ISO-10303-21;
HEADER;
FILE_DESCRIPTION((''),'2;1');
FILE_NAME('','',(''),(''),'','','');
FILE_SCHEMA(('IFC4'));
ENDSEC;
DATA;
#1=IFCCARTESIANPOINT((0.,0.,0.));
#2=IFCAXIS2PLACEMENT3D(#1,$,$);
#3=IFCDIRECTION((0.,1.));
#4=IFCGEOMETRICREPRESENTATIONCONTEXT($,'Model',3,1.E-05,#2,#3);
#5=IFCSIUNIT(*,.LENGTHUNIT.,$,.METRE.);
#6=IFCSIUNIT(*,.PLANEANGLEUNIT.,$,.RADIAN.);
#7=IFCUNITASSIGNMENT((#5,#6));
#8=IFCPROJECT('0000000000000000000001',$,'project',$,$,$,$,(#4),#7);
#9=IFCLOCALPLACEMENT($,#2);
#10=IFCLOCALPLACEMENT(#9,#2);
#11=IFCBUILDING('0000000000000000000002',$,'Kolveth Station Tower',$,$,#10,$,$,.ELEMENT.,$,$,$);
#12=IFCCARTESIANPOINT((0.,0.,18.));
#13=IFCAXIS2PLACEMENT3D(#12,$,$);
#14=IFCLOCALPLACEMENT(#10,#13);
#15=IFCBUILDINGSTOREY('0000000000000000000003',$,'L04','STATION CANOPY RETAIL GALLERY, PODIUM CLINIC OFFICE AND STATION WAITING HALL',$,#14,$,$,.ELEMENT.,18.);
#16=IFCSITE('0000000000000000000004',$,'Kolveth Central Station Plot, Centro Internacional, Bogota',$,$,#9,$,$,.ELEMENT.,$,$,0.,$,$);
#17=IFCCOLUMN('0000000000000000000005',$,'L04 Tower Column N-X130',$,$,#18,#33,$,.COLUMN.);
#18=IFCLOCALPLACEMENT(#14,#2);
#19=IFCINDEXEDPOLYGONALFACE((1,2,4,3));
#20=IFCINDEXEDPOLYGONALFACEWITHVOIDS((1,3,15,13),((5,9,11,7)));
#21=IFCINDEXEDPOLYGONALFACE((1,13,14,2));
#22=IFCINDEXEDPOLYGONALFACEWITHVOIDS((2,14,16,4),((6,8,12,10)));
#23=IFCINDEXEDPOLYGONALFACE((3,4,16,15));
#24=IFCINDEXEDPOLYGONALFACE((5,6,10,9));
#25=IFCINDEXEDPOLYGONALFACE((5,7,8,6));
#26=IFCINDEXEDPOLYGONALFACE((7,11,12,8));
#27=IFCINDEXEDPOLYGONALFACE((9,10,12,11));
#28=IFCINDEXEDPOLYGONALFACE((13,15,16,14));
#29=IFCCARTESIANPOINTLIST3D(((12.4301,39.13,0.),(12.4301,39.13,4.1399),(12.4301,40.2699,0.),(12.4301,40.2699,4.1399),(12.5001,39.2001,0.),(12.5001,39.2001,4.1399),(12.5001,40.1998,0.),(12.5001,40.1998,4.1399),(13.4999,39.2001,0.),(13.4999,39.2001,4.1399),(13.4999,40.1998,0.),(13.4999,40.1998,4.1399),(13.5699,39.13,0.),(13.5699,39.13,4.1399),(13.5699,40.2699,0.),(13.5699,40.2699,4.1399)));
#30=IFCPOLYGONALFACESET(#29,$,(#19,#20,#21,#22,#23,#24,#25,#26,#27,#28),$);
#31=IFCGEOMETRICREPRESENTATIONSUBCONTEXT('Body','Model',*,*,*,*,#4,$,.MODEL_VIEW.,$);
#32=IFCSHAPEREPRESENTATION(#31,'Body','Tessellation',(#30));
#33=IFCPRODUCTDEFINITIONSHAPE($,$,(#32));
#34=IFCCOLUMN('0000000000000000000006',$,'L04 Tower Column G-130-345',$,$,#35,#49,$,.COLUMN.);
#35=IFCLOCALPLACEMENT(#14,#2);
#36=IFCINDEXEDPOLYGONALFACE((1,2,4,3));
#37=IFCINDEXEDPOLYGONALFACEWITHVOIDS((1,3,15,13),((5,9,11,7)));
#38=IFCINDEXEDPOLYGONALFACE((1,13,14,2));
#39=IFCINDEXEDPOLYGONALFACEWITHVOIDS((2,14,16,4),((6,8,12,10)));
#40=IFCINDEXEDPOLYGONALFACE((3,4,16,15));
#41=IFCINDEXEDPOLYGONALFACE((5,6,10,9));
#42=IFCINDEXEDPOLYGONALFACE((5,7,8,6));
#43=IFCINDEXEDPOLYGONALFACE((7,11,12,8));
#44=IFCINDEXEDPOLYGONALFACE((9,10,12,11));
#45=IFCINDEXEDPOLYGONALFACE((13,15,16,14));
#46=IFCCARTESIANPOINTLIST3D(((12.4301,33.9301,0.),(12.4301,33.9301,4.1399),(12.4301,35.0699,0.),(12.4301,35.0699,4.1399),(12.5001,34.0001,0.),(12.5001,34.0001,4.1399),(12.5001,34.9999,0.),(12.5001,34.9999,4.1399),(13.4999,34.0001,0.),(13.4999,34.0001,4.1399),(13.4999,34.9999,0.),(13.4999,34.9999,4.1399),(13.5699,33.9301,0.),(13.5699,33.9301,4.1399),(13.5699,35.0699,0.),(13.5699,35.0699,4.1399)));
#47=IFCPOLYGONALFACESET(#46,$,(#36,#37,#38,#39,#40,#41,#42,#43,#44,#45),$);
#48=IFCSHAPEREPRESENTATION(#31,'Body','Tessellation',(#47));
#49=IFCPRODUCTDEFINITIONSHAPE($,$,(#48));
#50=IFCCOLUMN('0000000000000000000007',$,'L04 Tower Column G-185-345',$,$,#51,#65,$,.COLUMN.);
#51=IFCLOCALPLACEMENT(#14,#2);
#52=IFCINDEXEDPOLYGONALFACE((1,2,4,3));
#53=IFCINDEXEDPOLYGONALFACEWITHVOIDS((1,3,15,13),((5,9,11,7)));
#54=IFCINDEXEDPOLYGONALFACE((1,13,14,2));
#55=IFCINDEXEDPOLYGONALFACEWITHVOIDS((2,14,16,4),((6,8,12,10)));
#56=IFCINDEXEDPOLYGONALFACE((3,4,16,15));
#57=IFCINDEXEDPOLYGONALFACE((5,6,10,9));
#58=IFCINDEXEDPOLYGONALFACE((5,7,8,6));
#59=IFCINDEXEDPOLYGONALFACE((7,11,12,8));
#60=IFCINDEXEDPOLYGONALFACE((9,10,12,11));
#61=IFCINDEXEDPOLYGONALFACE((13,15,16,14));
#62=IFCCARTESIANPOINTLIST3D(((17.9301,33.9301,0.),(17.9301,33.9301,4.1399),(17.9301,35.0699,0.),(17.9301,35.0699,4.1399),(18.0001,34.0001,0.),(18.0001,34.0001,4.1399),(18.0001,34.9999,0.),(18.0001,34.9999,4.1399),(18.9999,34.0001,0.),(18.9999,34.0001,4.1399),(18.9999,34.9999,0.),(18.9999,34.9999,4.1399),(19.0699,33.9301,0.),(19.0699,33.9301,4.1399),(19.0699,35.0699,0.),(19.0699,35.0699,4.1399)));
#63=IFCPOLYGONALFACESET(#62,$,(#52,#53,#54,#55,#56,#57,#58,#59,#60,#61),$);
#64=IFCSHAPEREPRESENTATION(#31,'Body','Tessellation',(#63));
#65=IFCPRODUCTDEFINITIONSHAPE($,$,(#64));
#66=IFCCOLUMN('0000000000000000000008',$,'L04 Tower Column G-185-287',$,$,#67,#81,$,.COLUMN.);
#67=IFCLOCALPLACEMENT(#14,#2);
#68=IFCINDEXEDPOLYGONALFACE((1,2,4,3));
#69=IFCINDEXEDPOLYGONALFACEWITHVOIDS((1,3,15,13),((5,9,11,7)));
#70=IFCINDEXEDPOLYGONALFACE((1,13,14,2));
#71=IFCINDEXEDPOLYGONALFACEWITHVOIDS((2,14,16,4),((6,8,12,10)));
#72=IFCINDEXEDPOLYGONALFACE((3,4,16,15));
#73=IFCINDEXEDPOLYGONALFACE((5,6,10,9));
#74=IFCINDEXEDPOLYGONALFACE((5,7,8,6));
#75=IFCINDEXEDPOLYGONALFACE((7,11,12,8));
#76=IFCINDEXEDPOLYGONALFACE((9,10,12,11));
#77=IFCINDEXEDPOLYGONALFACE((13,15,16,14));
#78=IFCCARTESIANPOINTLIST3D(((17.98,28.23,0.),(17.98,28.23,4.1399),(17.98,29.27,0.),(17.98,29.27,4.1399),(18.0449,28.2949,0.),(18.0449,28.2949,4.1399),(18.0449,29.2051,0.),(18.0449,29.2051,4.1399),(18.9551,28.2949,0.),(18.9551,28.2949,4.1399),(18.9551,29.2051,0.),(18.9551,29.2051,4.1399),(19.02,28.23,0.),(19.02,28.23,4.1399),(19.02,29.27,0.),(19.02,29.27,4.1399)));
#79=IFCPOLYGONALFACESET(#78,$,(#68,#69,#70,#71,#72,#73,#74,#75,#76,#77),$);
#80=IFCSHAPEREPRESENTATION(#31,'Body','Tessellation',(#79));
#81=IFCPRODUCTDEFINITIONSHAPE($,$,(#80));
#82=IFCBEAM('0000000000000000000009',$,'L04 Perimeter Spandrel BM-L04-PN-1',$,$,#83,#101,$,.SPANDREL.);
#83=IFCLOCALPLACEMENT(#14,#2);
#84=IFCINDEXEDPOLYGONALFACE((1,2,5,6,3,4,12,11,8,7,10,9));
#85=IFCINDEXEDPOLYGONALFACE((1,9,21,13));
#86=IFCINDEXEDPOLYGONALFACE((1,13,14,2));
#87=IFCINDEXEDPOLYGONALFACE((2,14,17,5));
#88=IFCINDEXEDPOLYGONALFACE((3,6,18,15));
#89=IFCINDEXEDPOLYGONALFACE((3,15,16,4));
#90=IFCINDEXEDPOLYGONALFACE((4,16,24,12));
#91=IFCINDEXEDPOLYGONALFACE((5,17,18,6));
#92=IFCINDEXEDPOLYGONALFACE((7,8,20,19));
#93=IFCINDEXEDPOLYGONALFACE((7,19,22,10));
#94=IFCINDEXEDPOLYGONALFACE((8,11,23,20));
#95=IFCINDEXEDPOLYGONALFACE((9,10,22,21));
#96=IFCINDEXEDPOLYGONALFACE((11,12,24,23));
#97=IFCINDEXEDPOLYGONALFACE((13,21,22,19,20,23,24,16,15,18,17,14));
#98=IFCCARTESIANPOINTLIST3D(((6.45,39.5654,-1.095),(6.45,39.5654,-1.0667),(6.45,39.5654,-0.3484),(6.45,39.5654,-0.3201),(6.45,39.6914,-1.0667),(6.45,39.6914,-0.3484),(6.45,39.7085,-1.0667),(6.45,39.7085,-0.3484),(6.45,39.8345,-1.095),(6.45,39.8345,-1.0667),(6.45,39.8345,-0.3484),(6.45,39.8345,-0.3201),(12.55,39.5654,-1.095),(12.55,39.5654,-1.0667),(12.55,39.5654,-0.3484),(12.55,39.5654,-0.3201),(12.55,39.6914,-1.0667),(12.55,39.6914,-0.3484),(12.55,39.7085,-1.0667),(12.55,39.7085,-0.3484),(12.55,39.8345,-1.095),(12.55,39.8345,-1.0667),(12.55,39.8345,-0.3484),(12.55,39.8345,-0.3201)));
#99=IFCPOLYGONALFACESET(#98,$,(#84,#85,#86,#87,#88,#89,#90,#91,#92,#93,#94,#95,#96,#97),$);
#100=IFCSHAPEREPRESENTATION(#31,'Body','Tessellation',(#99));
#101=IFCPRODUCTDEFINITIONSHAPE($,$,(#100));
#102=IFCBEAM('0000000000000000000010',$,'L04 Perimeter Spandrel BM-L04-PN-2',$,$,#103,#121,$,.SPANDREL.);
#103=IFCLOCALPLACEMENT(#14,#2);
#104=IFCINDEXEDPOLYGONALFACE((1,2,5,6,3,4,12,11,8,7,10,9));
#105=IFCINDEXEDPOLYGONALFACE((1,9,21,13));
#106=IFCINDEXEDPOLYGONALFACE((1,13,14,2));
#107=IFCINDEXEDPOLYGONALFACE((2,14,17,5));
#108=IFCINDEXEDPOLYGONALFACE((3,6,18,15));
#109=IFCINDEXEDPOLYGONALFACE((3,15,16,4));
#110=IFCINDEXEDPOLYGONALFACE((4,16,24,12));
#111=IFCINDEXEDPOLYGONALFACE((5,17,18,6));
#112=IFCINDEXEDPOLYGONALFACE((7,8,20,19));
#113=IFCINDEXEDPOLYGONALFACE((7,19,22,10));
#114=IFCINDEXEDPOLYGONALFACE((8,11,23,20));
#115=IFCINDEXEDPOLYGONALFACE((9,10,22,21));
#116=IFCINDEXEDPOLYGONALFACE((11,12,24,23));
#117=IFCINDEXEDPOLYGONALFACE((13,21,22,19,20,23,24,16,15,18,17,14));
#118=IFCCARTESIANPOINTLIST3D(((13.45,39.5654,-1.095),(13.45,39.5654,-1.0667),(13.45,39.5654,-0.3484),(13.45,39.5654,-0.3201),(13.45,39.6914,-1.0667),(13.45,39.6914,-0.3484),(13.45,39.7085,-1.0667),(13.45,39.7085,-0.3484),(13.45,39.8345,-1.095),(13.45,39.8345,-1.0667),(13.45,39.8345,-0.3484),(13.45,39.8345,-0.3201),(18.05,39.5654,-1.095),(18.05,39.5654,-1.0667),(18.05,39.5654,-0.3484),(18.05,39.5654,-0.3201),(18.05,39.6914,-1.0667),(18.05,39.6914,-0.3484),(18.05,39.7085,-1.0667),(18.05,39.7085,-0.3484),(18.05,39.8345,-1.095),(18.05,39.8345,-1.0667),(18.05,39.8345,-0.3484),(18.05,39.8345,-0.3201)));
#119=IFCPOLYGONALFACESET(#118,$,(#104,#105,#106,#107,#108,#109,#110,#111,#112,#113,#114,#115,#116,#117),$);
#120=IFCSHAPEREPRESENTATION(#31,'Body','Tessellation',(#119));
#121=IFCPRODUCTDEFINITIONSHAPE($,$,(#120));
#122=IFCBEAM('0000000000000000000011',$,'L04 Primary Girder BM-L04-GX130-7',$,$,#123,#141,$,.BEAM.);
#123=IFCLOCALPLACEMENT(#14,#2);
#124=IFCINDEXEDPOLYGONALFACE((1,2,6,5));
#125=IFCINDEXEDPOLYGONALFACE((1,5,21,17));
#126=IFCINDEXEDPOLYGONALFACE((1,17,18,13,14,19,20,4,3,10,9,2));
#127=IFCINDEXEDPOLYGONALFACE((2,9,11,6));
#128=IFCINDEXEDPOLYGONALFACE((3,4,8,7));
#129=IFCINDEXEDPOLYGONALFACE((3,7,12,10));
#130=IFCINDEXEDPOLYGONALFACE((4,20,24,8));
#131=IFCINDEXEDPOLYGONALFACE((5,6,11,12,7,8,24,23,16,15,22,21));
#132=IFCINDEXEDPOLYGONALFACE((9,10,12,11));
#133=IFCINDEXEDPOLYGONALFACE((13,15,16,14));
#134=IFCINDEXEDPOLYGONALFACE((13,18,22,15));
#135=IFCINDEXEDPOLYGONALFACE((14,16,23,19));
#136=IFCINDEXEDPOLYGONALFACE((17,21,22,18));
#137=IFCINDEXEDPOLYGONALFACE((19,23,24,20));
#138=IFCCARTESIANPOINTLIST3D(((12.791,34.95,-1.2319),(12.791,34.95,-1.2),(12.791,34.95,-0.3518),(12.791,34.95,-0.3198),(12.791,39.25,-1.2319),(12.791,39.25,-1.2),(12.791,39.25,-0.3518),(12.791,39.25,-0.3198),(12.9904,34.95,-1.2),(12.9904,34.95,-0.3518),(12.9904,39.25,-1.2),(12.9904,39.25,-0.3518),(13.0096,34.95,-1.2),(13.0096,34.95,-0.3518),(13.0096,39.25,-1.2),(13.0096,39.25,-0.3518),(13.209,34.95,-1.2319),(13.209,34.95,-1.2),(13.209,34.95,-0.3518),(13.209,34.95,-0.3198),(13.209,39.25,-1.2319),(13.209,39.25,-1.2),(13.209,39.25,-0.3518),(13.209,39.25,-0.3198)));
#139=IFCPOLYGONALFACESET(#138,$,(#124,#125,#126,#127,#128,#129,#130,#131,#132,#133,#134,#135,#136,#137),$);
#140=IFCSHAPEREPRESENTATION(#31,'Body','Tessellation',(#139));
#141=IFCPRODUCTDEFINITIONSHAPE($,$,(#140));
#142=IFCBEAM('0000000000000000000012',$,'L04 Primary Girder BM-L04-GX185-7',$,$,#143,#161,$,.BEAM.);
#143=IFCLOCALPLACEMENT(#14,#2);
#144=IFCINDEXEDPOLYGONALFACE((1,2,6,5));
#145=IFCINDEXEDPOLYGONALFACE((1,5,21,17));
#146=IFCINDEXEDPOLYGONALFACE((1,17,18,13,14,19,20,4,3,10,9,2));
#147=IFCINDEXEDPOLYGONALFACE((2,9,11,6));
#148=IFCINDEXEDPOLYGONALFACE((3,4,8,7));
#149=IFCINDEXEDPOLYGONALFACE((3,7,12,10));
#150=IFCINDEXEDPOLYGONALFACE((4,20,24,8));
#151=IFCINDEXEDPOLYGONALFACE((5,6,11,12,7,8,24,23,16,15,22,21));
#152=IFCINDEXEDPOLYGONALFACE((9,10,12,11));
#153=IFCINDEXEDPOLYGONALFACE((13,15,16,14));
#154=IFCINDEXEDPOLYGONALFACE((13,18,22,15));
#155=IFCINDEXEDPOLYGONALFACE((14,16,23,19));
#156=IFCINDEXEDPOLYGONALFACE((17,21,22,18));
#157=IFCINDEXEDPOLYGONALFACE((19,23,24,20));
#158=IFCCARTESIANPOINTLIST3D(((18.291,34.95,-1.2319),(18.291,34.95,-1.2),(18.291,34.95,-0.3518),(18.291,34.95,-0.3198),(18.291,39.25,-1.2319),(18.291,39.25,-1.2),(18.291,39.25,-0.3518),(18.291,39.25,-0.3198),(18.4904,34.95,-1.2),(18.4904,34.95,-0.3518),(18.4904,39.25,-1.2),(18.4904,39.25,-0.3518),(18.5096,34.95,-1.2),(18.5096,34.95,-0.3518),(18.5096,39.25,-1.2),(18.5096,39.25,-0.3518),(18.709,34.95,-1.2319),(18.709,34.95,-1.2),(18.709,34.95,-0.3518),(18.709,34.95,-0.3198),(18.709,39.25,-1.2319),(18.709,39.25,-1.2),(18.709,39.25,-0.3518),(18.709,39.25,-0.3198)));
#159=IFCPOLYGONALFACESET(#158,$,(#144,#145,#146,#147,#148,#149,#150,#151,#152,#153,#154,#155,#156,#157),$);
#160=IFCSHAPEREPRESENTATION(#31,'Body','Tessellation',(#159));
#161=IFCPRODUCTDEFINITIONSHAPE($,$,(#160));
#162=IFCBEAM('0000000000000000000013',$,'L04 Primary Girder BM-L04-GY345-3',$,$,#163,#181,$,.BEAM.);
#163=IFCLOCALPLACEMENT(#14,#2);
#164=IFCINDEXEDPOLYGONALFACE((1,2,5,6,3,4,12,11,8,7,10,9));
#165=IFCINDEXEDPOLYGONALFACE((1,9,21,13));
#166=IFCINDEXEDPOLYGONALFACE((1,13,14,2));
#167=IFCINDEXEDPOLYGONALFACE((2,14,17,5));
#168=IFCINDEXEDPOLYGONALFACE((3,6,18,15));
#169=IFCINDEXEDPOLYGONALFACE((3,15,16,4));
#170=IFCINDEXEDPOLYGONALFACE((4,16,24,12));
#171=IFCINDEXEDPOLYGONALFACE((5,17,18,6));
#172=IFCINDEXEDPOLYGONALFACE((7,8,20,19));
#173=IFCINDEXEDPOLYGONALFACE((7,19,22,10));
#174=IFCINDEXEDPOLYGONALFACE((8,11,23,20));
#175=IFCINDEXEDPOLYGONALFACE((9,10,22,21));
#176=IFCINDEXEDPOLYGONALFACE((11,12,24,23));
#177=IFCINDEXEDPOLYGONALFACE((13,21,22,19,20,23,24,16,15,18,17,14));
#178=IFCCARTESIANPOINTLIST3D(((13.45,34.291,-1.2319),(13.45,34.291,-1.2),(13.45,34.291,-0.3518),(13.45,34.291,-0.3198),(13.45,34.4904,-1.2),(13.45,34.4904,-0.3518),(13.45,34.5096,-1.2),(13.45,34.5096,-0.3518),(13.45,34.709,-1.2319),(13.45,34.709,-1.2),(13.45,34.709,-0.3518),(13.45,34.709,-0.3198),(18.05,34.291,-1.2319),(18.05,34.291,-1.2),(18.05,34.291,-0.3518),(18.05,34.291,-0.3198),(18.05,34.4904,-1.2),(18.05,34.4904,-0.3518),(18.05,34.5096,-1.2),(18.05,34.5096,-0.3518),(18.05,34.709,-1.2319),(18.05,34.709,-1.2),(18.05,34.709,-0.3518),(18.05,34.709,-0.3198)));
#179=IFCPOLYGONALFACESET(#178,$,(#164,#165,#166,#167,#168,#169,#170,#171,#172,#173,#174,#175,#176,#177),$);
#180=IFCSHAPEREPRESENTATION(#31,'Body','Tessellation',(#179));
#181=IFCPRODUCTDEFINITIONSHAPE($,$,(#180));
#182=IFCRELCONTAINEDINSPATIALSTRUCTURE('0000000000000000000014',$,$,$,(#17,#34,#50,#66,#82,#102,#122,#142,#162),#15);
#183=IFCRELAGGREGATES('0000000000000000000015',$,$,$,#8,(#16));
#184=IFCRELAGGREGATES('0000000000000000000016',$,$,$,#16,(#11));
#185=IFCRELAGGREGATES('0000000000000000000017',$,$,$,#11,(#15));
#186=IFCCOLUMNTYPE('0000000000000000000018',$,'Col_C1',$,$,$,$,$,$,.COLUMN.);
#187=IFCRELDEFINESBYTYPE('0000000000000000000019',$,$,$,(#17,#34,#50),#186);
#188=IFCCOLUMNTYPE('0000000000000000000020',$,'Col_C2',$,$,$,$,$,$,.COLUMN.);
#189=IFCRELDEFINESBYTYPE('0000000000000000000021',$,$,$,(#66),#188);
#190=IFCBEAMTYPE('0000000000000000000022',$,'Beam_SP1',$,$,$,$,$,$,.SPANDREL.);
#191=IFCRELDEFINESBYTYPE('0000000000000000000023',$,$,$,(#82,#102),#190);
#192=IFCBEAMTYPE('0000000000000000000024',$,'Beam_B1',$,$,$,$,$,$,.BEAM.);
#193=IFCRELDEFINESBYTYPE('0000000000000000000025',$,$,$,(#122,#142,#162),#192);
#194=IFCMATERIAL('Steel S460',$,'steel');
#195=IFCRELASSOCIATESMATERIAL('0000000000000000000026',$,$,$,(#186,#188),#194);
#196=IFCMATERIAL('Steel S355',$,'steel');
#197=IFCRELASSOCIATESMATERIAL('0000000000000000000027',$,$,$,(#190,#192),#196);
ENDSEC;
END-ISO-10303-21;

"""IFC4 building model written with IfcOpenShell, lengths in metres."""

from ifc_helpers import new_model, si_unit, direction, frame, origin, origin_2d, place, context, subcontext, project, spatial, hollow_rectangle, i_section, extrude, source, transform, mapped, material, material_profile, profile_set, type_object, element, save


model = new_model("IFC4")

# Units and contexts
model_context = context("Model", 3, precision=1e-05, world=origin(), true_north=direction((0.0, 1.0)))
body_context = subcontext(model_context, "Body", "Model", "MODEL_VIEW")
ifc_project = project(units=[si_unit("LENGTHUNIT", "METRE"), si_unit("PLANEANGLEUNIT", "RADIAN")], contexts=[model_context])

# Site, building, storey
site_placement = place(None, origin())
site = spatial("IfcSite", under=ifc_project, at=site_placement, Name="Kolveth Central Station Plot, Centro Internacional, Bogota", CompositionType="ELEMENT", RefElevation=0.0)
building_placement = place(site_placement, origin())
building = spatial("IfcBuilding", under=site, at=building_placement, Name="Kolveth Station Tower", CompositionType="ELEMENT")
storey_placement = place(building_placement, frame((0.0, 0.0, 18.0)))
storey = spatial("IfcBuildingStorey", under=building, at=storey_placement, Name="L04", Description="STATION CANOPY RETAIL GALLERY, PODIUM CLINIC OFFICE AND STATION WAITING HALL", CompositionType="ELEMENT", Elevation=18.0)

# Columns
ifc_material_1 = material(Name="Steel S460", Category="steel")
ifc_material_profile_1 = material_profile(ifc_material_1, hollow_rectangle(XDim=1.1399, YDim=1.1399, WallThickness=0.0701, at=origin_2d()), Name="BOX1140x1140x70")
ifc_profile_set_1 = profile_set([ifc_material_profile_1], Name="Steel S460")
column_type_1 = type_object("IfcColumnType", Name="Col_C1", PredefinedType="COLUMN", material=ifc_profile_set_1)
shared_shape_1 = source(origin(), body_context, "Body", "SweptSolid", [
    extrude(hollow_rectangle(XDim=1.1399, YDim=1.1399, WallThickness=0.0701, at=origin_2d()), origin(), (0.0, 0.0, 1.0), 4.1399),
])
for number, where, z_axis, x_axis, name in (
    (1, (13.0, 39.7, 0.0), (0.0, 0.0, 1.0), (1.0, 0.0, 0.0), "L04 Tower Column N-X130"),
    (2, (13.0, 34.5, 0.0), (0.0, 0.0, 1.0), (1.0, 0.0, 0.0), "L04 Tower Column G-130-345"),
    (3, (18.5, 34.5, 0.0), (0.0, 0.0, 1.0), (1.0, 0.0, 0.0), "L04 Tower Column G-185-345"),
):
    element("IfcColumn", number, at=place(storey_placement, frame(where, z_axis=z_axis, x_axis=x_axis)), inside=storey, type_object=column_type_1, Name=name, PredefinedType="COLUMN", context=body_context, shape_type="MappedRepresentation", body=[
        mapped(shared_shape_1, transform((0.0, 0.0, 0.0), x_axis=(1.0, 0.0, 0.0), y_axis=(0.0, 1.0, 0.0), z_axis=(0.0, 0.0, 1.0), scale=1.0)),
    ])
ifc_material_profile_2 = material_profile(ifc_material_1, hollow_rectangle(XDim=1.04, YDim=1.04, WallThickness=0.0649, at=origin_2d()), Name="BOX1040x1040x65")
ifc_profile_set_2 = profile_set([ifc_material_profile_2], Name="Steel S460")
column_type_2 = type_object("IfcColumnType", Name="Col_C2", PredefinedType="COLUMN", material=ifc_profile_set_2)
shared_shape_2 = source(origin(), body_context, "Body", "SweptSolid", [
    extrude(hollow_rectangle(XDim=1.04, YDim=1.04, WallThickness=0.0649, at=origin_2d()), origin(), (0.0, 0.0, 1.0), 4.1399),
])
column_placement = place(storey_placement, frame((18.5, 28.75, 0.0), z_axis=(0.0, 0.0, 1.0), x_axis=(1.0, 0.0, 0.0)))
element("IfcColumn", 4, at=column_placement, inside=storey, type_object=column_type_2, Name="L04 Tower Column G-185-287", PredefinedType="COLUMN", context=body_context, shape_type="MappedRepresentation", body=[
    mapped(shared_shape_2, transform((0.0, 0.0, 0.0), x_axis=(1.0, 0.0, 0.0), y_axis=(0.0, 1.0, 0.0), z_axis=(0.0, 0.0, 1.0), scale=1.0)),
])

# Beams
ifc_material_2 = material(Name="Steel S355", Category="steel")
ifc_material_profile_3 = material_profile(ifc_material_2, i_section(OverallWidth=0.269, OverallDepth=0.7749, WebThickness=0.0171, FlangeThickness=0.0283, at=origin_2d()), Name="W760x220")
ifc_profile_set_3 = profile_set([ifc_material_profile_3], Name="Steel S355")
beam_type_1 = type_object("IfcBeamType", Name="Beam_SP1", PredefinedType="SPANDREL", material=ifc_profile_set_3)
shared_shape_3 = source(origin(), body_context, "Body", "SweptSolid", [
    extrude(i_section(OverallWidth=0.269, OverallDepth=0.7749, WebThickness=0.0171, FlangeThickness=0.0283, at=origin_2d()), origin(), (0.0, 0.0, 1.0), 6.1001),
])
beam_1_placement = place(storey_placement, frame((6.45, 39.7, -0.7075), z_axis=(1.0, 0.0, 0.0), x_axis=(0.0, 1.0, 0.0)))
element("IfcBeam", 5, at=beam_1_placement, inside=storey, type_object=beam_type_1, Name="L04 Perimeter Spandrel BM-L04-PN-1", PredefinedType="SPANDREL", context=body_context, shape_type="MappedRepresentation", body=[
    mapped(shared_shape_3, transform((0.0, 0.0, 0.0), x_axis=(1.0, 0.0, 0.0), y_axis=(0.0, 1.0, 0.0), z_axis=(0.0, 0.0, 1.0), scale=1.0)),
])
shared_shape_4 = source(origin(), body_context, "Body", "SweptSolid", [
    extrude(i_section(OverallWidth=0.269, OverallDepth=0.7749, WebThickness=0.0171, FlangeThickness=0.0283, at=origin_2d()), origin(), (0.0, 0.0, 1.0), 4.6001),
])
beam_2_placement = place(storey_placement, frame((13.45, 39.7, -0.7075), z_axis=(1.0, 0.0, 0.0), x_axis=(0.0, 1.0, 0.0)))
element("IfcBeam", 6, at=beam_2_placement, inside=storey, type_object=beam_type_1, Name="L04 Perimeter Spandrel BM-L04-PN-2", PredefinedType="SPANDREL", context=body_context, shape_type="MappedRepresentation", body=[
    mapped(shared_shape_4, transform((0.0, 0.0, 0.0), x_axis=(1.0, 0.0, 0.0), y_axis=(0.0, 1.0, 0.0), z_axis=(0.0, 0.0, 1.0), scale=1.0)),
])
ifc_material_profile_4 = material_profile(ifc_material_2, i_section(OverallWidth=0.418, OverallDepth=0.9121, WebThickness=0.0193, FlangeThickness=0.032, at=origin_2d()), Name="W920x342")
ifc_profile_set_4 = profile_set([ifc_material_profile_4], Name="Steel S355")
beam_type_2 = type_object("IfcBeamType", Name="Beam_B1", PredefinedType="BEAM", material=ifc_profile_set_4)
shared_shape_5 = source(origin(), body_context, "Body", "SweptSolid", [
    extrude(i_section(OverallWidth=0.418, OverallDepth=0.9121, WebThickness=0.0193, FlangeThickness=0.032, at=origin_2d()), origin(), (0.0, 0.0, 1.0), 4.3),
])
for number, where, z_axis, x_axis, name in (
    (7, (13.0, 34.95, -0.7759), (0.0, 1.0, 0.0), (-1.0, 0.0, 0.0), "L04 Primary Girder BM-L04-GX130-7"),
    (8, (18.5, 34.95, -0.7759), (0.0, 1.0, 0.0), (-1.0, 0.0, 0.0), "L04 Primary Girder BM-L04-GX185-7"),
):
    element("IfcBeam", number, at=place(storey_placement, frame(where, z_axis=z_axis, x_axis=x_axis)), inside=storey, type_object=beam_type_2, Name=name, PredefinedType="BEAM", context=body_context, shape_type="MappedRepresentation", body=[
        mapped(shared_shape_5, transform((0.0, 0.0, 0.0), x_axis=(1.0, 0.0, 0.0), y_axis=(0.0, 1.0, 0.0), z_axis=(0.0, 0.0, 1.0), scale=1.0)),
    ])
shared_shape_6 = source(origin(), body_context, "Body", "SweptSolid", [
    extrude(i_section(OverallWidth=0.418, OverallDepth=0.9121, WebThickness=0.0193, FlangeThickness=0.032, at=origin_2d()), origin(), (0.0, 0.0, 1.0), 4.6001),
])
beam_3_placement = place(storey_placement, frame((13.45, 34.5, -0.7759), z_axis=(1.0, 0.0, 0.0), x_axis=(0.0, 1.0, 0.0)))
element("IfcBeam", 9, at=beam_3_placement, inside=storey, type_object=beam_type_2, Name="L04 Primary Girder BM-L04-GY345-3", PredefinedType="BEAM", context=body_context, shape_type="MappedRepresentation", body=[
    mapped(shared_shape_6, transform((0.0, 0.0, 0.0), x_axis=(1.0, 0.0, 0.0), y_axis=(0.0, 1.0, 0.0), z_axis=(0.0, 0.0, 1.0), scale=1.0)),
])

save(model, "model.ifc")
